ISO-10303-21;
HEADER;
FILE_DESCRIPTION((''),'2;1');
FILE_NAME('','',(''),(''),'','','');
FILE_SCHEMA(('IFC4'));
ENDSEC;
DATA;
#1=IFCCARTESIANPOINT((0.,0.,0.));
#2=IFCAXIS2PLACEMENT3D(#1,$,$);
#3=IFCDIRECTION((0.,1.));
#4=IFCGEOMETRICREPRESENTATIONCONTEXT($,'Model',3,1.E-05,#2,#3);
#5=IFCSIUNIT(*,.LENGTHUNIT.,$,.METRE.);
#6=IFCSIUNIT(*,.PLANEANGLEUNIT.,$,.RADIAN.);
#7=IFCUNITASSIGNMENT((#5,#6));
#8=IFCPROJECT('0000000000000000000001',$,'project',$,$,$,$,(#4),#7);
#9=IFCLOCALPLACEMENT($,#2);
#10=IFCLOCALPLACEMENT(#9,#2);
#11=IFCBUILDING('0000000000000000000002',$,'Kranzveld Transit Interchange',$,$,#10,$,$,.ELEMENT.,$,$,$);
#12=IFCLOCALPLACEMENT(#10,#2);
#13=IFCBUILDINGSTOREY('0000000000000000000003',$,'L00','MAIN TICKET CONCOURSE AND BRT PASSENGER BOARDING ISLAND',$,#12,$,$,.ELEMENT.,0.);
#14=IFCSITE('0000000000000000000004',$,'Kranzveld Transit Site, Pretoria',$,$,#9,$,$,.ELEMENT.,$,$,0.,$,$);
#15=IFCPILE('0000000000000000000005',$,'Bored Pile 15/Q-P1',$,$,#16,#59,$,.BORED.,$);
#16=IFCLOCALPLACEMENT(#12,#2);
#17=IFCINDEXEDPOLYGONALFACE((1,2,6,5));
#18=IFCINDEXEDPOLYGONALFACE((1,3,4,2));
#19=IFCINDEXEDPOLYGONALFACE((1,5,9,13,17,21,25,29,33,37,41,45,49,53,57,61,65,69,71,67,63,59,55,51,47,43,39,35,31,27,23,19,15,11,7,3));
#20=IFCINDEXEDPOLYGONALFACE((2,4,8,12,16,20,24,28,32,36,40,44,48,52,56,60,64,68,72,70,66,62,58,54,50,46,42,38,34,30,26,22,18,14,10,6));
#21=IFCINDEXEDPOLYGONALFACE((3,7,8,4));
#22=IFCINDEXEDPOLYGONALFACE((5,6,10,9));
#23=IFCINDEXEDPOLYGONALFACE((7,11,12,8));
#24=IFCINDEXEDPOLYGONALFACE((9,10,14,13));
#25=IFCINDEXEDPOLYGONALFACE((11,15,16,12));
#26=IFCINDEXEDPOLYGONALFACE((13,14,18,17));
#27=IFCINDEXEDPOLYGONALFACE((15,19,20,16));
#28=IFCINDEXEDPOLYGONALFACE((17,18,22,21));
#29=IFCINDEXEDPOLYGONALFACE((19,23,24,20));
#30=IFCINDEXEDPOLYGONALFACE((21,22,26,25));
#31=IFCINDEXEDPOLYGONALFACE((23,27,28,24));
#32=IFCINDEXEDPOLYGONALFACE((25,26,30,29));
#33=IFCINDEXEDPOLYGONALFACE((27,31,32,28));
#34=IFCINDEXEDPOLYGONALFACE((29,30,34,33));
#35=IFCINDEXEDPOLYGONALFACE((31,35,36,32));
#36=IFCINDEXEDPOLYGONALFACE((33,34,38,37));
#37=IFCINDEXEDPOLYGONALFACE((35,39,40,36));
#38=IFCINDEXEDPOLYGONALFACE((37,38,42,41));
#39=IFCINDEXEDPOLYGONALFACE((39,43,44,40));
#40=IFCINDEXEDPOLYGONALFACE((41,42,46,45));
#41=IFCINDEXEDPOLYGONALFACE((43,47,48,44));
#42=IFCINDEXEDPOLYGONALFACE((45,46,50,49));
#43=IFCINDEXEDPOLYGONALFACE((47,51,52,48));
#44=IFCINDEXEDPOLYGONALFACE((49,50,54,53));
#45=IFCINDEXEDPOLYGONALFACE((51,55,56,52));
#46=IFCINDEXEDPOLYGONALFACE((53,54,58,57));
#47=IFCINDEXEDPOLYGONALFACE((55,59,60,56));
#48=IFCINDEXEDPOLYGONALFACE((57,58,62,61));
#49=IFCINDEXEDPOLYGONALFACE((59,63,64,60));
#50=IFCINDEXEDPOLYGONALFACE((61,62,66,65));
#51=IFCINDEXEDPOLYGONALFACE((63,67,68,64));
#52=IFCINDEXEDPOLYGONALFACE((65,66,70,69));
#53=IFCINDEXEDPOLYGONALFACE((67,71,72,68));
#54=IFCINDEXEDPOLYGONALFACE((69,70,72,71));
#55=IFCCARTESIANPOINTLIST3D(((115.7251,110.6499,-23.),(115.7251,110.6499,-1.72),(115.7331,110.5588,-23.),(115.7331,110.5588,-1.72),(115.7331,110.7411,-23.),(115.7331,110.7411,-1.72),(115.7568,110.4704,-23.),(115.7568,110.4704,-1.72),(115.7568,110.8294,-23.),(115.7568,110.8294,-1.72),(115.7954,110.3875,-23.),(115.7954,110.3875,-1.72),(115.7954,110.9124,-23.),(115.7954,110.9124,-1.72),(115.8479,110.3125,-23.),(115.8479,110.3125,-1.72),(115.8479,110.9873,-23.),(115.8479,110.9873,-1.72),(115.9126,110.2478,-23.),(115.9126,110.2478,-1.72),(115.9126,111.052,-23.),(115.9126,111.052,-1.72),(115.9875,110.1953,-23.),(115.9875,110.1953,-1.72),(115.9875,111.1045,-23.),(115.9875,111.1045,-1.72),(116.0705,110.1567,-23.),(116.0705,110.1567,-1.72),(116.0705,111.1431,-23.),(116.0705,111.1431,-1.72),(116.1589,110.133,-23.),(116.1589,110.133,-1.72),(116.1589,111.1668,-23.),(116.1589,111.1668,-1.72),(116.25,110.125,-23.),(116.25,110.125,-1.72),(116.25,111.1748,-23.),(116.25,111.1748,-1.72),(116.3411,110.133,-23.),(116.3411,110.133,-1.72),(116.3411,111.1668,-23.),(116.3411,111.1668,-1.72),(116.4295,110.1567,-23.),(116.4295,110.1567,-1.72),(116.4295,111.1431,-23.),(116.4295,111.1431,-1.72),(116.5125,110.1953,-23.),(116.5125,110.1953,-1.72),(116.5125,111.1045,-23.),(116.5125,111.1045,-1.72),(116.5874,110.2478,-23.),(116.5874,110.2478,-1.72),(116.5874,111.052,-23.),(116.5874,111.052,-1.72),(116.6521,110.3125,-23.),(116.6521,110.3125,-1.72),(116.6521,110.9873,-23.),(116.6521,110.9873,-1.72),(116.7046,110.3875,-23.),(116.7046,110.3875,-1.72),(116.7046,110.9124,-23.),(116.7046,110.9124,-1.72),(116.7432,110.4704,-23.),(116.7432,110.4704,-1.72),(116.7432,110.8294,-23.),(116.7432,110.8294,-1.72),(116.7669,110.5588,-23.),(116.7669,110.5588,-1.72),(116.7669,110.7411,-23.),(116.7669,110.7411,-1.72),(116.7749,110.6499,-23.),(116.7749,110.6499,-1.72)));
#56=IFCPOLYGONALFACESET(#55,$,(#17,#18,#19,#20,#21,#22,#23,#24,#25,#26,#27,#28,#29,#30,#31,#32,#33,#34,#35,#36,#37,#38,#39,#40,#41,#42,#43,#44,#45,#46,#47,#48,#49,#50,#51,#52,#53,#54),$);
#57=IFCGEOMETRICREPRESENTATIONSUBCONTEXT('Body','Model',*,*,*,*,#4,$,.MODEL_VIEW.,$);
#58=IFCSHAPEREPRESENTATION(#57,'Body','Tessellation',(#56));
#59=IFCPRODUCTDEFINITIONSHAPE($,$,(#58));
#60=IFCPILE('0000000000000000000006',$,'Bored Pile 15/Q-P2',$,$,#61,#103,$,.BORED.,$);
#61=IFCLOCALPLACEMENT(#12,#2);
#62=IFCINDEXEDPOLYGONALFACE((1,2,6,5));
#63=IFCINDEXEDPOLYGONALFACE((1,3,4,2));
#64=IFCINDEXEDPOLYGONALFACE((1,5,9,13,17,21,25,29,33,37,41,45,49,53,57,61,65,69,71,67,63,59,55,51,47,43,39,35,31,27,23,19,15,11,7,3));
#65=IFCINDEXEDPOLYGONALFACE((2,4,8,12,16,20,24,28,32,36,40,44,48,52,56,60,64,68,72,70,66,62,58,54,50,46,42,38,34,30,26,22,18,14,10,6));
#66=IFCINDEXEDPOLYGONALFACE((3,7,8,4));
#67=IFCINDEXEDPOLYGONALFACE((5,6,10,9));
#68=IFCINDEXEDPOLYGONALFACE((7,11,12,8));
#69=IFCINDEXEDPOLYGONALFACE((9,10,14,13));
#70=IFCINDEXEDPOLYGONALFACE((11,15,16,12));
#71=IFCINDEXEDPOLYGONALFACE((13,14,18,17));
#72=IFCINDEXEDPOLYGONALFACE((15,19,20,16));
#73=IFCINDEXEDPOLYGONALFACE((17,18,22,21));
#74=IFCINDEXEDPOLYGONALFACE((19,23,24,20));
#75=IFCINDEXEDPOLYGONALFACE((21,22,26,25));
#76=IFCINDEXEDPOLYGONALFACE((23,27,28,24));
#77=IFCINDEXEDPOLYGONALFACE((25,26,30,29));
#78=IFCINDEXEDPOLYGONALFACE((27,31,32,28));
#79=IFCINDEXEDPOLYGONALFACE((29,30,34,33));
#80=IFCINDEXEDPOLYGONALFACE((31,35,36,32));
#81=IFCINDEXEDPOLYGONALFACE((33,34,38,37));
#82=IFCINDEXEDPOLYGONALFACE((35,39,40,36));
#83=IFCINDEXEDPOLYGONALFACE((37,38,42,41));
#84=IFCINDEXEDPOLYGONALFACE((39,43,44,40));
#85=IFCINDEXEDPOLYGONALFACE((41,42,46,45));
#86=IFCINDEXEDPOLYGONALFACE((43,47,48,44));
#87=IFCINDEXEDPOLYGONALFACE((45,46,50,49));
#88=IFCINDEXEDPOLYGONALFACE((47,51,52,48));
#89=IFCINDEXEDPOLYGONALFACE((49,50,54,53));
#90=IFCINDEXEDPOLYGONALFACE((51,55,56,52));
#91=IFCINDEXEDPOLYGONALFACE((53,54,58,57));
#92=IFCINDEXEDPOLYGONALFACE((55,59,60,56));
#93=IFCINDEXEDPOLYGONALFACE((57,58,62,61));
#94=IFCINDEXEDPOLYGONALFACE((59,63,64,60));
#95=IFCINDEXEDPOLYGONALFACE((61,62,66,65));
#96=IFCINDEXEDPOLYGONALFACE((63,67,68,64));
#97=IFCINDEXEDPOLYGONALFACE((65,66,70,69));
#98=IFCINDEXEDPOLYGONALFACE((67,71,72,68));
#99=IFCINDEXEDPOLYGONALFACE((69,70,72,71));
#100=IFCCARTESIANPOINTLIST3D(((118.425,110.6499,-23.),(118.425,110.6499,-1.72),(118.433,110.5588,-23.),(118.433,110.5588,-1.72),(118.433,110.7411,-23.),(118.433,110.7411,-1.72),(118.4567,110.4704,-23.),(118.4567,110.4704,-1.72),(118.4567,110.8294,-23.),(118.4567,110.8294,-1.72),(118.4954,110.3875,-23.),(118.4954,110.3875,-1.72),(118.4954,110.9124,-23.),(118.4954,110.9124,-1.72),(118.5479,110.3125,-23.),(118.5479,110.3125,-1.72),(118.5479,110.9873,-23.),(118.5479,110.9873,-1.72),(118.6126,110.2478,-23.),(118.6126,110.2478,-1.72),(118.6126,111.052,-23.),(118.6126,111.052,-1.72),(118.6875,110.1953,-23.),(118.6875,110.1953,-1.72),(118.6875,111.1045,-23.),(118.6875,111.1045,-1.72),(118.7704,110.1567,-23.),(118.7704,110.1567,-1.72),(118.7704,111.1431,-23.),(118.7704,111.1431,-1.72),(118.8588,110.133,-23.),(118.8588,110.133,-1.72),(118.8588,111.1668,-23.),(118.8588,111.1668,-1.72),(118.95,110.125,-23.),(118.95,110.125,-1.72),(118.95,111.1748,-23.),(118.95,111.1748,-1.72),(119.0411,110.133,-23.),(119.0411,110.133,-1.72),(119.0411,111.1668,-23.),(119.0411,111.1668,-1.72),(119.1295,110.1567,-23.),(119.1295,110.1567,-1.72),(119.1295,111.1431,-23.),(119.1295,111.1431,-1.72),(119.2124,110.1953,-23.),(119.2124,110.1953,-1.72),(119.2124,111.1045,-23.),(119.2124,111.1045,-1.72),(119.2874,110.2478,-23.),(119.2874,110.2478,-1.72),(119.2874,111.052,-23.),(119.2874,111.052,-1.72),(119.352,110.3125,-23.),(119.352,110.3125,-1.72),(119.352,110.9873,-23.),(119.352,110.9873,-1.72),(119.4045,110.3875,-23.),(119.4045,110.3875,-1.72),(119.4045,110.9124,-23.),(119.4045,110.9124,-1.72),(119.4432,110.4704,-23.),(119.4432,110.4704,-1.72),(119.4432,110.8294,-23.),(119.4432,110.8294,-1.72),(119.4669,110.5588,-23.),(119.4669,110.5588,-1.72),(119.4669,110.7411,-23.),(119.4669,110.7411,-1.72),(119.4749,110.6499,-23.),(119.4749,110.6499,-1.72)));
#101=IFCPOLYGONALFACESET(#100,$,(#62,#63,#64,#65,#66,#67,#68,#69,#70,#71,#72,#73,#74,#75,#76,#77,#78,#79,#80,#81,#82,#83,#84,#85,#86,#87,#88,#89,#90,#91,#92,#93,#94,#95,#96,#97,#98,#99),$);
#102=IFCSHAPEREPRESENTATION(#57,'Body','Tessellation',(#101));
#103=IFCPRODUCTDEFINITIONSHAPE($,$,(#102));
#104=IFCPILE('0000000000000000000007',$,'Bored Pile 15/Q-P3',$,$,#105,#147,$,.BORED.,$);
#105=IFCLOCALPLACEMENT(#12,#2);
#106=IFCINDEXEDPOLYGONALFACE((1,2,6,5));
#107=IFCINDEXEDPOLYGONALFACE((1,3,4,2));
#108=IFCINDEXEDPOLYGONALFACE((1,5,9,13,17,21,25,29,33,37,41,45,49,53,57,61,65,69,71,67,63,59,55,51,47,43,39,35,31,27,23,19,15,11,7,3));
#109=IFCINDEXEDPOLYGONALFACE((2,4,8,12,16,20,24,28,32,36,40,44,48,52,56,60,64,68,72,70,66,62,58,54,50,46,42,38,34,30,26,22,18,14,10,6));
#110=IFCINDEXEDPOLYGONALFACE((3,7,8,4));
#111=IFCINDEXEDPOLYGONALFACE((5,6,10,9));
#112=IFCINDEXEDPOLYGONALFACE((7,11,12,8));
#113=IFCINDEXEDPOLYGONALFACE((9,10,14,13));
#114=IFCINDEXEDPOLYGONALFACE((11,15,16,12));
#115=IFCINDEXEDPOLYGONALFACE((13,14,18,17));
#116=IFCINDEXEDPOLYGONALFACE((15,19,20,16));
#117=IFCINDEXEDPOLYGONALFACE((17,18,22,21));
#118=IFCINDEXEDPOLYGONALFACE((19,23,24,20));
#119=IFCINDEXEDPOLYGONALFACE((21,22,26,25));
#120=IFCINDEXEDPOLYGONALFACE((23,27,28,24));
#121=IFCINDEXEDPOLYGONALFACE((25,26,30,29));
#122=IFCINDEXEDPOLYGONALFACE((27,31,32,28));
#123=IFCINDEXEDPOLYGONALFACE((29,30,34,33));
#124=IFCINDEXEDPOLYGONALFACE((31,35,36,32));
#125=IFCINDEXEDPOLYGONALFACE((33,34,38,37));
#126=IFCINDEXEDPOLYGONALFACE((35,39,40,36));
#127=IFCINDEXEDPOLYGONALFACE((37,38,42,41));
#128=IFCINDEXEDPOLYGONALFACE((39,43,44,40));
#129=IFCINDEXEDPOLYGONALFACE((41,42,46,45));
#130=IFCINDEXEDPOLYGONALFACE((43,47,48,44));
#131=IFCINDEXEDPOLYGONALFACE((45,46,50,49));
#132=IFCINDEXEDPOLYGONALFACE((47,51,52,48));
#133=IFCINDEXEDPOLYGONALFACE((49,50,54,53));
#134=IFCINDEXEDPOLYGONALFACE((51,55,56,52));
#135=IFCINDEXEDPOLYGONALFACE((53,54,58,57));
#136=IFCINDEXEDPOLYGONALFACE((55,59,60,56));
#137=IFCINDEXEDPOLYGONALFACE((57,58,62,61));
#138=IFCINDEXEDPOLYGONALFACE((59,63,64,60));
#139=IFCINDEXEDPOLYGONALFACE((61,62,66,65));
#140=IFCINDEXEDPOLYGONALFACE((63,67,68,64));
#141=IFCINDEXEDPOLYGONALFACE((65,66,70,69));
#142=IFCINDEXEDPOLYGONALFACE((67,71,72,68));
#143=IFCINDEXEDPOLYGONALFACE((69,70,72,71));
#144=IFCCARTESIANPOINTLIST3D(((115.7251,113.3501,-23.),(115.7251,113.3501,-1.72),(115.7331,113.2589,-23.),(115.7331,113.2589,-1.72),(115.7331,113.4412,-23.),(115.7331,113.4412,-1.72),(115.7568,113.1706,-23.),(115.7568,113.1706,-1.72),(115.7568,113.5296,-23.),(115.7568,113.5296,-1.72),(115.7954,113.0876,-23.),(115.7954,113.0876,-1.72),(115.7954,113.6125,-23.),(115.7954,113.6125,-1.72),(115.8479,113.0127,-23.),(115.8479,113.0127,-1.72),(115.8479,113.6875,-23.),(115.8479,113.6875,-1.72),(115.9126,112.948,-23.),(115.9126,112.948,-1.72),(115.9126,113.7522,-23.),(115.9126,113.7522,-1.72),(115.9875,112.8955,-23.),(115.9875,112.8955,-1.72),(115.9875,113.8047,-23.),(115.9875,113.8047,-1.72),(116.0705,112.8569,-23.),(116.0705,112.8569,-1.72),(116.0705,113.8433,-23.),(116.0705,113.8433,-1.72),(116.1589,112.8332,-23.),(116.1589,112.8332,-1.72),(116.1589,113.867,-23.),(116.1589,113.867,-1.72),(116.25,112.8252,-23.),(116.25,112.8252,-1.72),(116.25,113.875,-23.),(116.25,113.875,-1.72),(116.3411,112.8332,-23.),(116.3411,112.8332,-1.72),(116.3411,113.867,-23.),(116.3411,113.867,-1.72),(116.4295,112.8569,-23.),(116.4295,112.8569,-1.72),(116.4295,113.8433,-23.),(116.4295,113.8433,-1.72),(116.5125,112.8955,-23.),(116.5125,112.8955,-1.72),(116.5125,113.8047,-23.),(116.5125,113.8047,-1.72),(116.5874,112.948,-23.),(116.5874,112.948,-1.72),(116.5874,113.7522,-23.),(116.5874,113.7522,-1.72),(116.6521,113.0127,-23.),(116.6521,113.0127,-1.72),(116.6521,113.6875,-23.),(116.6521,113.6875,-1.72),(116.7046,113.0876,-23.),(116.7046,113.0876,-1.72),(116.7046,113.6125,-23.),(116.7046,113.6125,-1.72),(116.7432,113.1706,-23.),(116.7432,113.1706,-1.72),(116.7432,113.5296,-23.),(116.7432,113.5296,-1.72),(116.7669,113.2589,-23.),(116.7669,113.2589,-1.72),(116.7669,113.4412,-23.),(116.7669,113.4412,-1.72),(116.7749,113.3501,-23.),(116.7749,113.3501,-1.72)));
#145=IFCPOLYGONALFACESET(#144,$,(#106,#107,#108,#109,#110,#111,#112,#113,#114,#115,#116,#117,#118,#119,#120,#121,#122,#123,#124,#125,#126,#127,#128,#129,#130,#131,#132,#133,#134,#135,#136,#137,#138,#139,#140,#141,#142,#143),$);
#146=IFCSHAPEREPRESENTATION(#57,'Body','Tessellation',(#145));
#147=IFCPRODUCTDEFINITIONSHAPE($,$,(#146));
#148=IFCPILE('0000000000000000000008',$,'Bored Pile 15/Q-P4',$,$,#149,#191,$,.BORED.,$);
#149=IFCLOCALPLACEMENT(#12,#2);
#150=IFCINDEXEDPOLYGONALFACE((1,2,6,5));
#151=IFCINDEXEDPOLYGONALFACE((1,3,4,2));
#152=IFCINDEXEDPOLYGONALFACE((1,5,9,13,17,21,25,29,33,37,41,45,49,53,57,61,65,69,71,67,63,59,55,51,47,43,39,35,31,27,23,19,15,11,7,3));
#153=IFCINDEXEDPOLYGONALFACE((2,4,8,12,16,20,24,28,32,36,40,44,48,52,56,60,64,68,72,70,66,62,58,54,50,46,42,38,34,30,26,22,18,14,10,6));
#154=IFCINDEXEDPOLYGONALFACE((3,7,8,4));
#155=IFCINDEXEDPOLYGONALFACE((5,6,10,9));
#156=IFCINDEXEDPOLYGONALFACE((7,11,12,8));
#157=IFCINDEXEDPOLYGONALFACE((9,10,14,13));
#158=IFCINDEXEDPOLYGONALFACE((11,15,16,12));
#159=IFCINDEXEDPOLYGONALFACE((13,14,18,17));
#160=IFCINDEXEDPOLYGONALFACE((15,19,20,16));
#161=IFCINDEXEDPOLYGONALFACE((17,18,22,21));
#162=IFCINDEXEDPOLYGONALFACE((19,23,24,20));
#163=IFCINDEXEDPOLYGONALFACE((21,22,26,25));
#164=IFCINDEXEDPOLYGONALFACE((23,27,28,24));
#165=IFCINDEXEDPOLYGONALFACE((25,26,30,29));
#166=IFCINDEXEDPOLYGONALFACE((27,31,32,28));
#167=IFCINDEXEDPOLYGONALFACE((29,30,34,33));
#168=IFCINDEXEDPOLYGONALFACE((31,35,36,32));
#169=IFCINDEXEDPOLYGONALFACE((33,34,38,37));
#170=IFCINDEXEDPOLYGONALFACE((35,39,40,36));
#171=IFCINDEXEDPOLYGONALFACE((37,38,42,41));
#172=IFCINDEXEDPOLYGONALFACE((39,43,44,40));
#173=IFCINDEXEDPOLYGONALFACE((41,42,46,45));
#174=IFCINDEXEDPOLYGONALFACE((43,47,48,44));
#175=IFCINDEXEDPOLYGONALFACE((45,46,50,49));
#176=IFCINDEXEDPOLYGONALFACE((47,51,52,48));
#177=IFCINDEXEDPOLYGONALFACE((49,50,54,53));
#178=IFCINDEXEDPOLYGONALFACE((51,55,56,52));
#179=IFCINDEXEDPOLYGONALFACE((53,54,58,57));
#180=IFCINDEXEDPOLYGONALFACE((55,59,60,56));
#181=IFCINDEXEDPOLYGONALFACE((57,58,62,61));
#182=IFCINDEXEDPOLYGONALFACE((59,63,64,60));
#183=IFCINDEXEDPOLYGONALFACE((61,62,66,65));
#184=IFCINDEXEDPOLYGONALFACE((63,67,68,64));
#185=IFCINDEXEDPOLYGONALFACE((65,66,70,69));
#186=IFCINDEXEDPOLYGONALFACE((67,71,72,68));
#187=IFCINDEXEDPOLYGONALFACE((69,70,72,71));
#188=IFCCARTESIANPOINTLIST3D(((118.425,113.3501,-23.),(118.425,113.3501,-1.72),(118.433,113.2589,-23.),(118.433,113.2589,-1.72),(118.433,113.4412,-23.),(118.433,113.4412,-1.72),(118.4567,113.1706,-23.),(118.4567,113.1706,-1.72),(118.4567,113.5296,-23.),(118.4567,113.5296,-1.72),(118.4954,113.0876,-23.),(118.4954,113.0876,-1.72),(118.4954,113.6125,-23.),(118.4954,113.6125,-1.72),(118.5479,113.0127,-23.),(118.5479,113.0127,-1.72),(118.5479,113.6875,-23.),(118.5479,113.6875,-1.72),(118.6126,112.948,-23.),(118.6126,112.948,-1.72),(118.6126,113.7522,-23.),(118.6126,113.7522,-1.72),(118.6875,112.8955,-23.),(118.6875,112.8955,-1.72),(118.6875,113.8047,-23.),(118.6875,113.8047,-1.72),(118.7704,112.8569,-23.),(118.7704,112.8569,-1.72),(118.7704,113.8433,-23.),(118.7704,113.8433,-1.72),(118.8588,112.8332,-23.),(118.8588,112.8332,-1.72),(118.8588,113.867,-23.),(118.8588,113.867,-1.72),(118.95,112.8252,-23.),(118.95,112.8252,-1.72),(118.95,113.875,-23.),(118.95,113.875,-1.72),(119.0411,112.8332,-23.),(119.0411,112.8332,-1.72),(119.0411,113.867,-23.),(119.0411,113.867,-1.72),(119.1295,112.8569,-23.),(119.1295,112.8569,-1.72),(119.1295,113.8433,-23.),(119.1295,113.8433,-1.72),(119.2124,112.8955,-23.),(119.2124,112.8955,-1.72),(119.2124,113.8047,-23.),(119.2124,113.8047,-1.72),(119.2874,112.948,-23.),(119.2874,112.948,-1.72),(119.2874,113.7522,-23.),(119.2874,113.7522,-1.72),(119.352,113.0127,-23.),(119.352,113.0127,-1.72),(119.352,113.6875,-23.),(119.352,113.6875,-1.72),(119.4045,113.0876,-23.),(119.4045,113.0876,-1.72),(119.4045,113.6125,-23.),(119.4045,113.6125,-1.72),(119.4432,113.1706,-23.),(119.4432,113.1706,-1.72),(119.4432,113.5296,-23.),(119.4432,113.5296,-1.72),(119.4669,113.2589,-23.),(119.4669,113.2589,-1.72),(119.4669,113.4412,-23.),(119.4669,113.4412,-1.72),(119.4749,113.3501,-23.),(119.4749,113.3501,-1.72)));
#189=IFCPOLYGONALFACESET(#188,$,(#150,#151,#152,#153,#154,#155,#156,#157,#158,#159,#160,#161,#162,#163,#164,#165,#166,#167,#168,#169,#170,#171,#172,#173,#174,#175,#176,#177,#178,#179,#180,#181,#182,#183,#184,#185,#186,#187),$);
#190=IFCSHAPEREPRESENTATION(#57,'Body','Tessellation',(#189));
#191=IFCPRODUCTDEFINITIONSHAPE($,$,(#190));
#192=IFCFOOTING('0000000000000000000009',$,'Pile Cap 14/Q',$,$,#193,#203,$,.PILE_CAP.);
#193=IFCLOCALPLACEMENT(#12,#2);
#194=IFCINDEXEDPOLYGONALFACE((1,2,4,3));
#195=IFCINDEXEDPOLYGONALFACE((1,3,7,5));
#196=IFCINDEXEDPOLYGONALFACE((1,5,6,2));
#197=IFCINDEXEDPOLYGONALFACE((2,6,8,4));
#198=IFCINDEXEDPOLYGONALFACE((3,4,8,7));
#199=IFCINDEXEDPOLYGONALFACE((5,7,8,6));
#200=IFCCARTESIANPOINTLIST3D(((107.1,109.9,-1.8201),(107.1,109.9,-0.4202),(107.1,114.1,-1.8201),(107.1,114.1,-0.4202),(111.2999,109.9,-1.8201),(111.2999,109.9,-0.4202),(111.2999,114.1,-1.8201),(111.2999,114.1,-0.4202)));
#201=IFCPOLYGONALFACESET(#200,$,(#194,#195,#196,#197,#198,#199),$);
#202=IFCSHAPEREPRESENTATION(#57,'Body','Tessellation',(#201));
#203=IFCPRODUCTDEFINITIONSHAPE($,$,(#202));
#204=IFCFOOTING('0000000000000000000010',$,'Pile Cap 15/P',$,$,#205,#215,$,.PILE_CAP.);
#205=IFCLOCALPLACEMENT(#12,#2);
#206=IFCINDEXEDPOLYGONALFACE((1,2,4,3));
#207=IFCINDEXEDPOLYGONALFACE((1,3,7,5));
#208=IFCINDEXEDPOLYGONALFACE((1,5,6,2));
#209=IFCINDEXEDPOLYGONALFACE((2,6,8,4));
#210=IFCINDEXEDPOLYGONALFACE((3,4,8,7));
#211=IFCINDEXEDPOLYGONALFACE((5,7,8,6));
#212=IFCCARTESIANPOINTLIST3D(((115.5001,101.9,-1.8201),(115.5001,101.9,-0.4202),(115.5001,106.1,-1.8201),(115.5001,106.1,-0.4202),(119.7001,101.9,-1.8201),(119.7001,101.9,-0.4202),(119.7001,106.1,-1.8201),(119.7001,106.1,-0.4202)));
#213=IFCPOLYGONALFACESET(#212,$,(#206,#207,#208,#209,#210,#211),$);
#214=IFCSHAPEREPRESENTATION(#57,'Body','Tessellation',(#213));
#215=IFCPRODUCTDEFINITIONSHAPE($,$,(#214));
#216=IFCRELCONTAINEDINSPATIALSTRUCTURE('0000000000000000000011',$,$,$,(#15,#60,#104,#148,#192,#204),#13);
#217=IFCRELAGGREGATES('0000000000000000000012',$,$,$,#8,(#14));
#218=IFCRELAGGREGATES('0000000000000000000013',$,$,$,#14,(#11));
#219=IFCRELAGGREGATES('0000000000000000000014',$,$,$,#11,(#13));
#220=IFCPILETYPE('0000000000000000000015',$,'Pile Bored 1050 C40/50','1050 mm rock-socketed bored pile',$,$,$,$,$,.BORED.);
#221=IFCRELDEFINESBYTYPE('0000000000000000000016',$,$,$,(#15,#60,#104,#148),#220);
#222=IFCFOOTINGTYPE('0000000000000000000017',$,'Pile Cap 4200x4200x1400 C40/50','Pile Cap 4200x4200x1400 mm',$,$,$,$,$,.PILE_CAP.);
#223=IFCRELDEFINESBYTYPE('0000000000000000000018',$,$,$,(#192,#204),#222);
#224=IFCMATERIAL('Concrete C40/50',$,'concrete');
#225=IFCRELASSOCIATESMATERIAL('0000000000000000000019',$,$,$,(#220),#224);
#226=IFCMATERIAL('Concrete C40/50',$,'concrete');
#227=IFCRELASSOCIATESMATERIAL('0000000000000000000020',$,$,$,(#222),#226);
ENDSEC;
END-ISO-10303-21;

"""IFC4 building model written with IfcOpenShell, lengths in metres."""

from ifc_helpers import new_model, si_unit, direction, frame, origin, origin_2d, place, context, subcontext, project, spatial, rectangle, circle, extrude, material, material_profile, profile_set, type_object, element, save


model = new_model("IFC4")

# Units and contexts
model_context = context("Model", 3, precision=1e-05, world=origin(), true_north=direction((0.0, 1.0)))
body_context = subcontext(model_context, "Body", "Model", "MODEL_VIEW")
ifc_project = project(units=[si_unit("LENGTHUNIT", "METRE"), si_unit("PLANEANGLEUNIT", "RADIAN")], contexts=[model_context])

# Site, building, storey
site_placement = place(None, origin())
site = spatial("IfcSite", under=ifc_project, at=site_placement, Name="Kranzveld Transit Site, Pretoria", CompositionType="ELEMENT", RefElevation=0.0)
building_placement = place(site_placement, origin())
building = spatial("IfcBuilding", under=site, at=building_placement, Name="Kranzveld Transit Interchange", CompositionType="ELEMENT")
storey_placement = place(building_placement, origin())
storey = spatial("IfcBuildingStorey", under=building, at=storey_placement, Name="L00", Description="MAIN TICKET CONCOURSE AND BRT PASSENGER BOARDING ISLAND", CompositionType="ELEMENT", Elevation=0.0)

# Piles
ifc_material_1 = material(Name="Concrete C40/50", Category="concrete")
ifc_material_profile_1 = material_profile(ifc_material_1, circle(Radius=0.5249, at=origin_2d()), Name="BORED PILE 1050")
ifc_profile_set_1 = profile_set([ifc_material_profile_1], Name="Concrete C40/50")
pile_type = type_object("IfcPileType", Name="Pile Bored 1050 C40/50", Description="1050 mm rock-socketed bored pile", PredefinedType="BORED", material=ifc_profile_set_1)
for number, where, z_axis, x_axis, name in (
    (1, (116.25, 110.6499, -1.72), (0.0, 0.0, -1.0), (1.0, 0.0, 0.0), "Bored Pile 15/Q-P1"),
    (2, (118.95, 110.6499, -1.72), (0.0, 0.0, -1.0), (1.0, 0.0, 0.0), "Bored Pile 15/Q-P2"),
    (3, (116.25, 113.3501, -1.72), (0.0, 0.0, -1.0), (1.0, 0.0, 0.0), "Bored Pile 15/Q-P3"),
    (4, (118.95, 113.3501, -1.72), (0.0, 0.0, -1.0), (1.0, 0.0, 0.0), "Bored Pile 15/Q-P4"),
):
    element("IfcPile", number, at=place(storey_placement, frame(where, z_axis=z_axis, x_axis=x_axis)), inside=storey, type_object=pile_type, Name=name, PredefinedType="BORED", context=body_context, shape_type="SweptSolid", body=[
        extrude(circle(Radius=0.5249, at=origin_2d()), origin(), (0.0, 0.0, 1.0), 21.28),
    ])

# Footings
ifc_material_2 = material(Name="Concrete C40/50", Category="concrete")
footing_type_1 = type_object("IfcFootingType", Name="Pile Cap 4200x4200x1400 C40/50", Description="Pile Cap 4200x4200x1400 mm", PredefinedType="PILE_CAP", material=ifc_material_2)
for number, where, z_axis, x_axis, name in (
    (5, (109.2, 112.0, -1.8201), (0.0, 0.0, 1.0), (1.0, 0.0, 0.0), "Pile Cap 14/Q"),
    (6, (117.6001, 104.0, -1.8201), (0.0, 0.0, 1.0), (1.0, 0.0, 0.0), "Pile Cap 15/P"),
):
    element("IfcFooting", number, at=place(storey_placement, frame(where, z_axis=z_axis, x_axis=x_axis)), inside=storey, type_object=footing_type_1, Name=name, PredefinedType="PILE_CAP", context=body_context, shape_type="SweptSolid", body=[
        extrude(rectangle(XDim=4.2, YDim=4.2, at=origin_2d()), origin(), (0.0, 0.0, 1.0), 1.3999),
    ])

save(model, "model.ifc")
